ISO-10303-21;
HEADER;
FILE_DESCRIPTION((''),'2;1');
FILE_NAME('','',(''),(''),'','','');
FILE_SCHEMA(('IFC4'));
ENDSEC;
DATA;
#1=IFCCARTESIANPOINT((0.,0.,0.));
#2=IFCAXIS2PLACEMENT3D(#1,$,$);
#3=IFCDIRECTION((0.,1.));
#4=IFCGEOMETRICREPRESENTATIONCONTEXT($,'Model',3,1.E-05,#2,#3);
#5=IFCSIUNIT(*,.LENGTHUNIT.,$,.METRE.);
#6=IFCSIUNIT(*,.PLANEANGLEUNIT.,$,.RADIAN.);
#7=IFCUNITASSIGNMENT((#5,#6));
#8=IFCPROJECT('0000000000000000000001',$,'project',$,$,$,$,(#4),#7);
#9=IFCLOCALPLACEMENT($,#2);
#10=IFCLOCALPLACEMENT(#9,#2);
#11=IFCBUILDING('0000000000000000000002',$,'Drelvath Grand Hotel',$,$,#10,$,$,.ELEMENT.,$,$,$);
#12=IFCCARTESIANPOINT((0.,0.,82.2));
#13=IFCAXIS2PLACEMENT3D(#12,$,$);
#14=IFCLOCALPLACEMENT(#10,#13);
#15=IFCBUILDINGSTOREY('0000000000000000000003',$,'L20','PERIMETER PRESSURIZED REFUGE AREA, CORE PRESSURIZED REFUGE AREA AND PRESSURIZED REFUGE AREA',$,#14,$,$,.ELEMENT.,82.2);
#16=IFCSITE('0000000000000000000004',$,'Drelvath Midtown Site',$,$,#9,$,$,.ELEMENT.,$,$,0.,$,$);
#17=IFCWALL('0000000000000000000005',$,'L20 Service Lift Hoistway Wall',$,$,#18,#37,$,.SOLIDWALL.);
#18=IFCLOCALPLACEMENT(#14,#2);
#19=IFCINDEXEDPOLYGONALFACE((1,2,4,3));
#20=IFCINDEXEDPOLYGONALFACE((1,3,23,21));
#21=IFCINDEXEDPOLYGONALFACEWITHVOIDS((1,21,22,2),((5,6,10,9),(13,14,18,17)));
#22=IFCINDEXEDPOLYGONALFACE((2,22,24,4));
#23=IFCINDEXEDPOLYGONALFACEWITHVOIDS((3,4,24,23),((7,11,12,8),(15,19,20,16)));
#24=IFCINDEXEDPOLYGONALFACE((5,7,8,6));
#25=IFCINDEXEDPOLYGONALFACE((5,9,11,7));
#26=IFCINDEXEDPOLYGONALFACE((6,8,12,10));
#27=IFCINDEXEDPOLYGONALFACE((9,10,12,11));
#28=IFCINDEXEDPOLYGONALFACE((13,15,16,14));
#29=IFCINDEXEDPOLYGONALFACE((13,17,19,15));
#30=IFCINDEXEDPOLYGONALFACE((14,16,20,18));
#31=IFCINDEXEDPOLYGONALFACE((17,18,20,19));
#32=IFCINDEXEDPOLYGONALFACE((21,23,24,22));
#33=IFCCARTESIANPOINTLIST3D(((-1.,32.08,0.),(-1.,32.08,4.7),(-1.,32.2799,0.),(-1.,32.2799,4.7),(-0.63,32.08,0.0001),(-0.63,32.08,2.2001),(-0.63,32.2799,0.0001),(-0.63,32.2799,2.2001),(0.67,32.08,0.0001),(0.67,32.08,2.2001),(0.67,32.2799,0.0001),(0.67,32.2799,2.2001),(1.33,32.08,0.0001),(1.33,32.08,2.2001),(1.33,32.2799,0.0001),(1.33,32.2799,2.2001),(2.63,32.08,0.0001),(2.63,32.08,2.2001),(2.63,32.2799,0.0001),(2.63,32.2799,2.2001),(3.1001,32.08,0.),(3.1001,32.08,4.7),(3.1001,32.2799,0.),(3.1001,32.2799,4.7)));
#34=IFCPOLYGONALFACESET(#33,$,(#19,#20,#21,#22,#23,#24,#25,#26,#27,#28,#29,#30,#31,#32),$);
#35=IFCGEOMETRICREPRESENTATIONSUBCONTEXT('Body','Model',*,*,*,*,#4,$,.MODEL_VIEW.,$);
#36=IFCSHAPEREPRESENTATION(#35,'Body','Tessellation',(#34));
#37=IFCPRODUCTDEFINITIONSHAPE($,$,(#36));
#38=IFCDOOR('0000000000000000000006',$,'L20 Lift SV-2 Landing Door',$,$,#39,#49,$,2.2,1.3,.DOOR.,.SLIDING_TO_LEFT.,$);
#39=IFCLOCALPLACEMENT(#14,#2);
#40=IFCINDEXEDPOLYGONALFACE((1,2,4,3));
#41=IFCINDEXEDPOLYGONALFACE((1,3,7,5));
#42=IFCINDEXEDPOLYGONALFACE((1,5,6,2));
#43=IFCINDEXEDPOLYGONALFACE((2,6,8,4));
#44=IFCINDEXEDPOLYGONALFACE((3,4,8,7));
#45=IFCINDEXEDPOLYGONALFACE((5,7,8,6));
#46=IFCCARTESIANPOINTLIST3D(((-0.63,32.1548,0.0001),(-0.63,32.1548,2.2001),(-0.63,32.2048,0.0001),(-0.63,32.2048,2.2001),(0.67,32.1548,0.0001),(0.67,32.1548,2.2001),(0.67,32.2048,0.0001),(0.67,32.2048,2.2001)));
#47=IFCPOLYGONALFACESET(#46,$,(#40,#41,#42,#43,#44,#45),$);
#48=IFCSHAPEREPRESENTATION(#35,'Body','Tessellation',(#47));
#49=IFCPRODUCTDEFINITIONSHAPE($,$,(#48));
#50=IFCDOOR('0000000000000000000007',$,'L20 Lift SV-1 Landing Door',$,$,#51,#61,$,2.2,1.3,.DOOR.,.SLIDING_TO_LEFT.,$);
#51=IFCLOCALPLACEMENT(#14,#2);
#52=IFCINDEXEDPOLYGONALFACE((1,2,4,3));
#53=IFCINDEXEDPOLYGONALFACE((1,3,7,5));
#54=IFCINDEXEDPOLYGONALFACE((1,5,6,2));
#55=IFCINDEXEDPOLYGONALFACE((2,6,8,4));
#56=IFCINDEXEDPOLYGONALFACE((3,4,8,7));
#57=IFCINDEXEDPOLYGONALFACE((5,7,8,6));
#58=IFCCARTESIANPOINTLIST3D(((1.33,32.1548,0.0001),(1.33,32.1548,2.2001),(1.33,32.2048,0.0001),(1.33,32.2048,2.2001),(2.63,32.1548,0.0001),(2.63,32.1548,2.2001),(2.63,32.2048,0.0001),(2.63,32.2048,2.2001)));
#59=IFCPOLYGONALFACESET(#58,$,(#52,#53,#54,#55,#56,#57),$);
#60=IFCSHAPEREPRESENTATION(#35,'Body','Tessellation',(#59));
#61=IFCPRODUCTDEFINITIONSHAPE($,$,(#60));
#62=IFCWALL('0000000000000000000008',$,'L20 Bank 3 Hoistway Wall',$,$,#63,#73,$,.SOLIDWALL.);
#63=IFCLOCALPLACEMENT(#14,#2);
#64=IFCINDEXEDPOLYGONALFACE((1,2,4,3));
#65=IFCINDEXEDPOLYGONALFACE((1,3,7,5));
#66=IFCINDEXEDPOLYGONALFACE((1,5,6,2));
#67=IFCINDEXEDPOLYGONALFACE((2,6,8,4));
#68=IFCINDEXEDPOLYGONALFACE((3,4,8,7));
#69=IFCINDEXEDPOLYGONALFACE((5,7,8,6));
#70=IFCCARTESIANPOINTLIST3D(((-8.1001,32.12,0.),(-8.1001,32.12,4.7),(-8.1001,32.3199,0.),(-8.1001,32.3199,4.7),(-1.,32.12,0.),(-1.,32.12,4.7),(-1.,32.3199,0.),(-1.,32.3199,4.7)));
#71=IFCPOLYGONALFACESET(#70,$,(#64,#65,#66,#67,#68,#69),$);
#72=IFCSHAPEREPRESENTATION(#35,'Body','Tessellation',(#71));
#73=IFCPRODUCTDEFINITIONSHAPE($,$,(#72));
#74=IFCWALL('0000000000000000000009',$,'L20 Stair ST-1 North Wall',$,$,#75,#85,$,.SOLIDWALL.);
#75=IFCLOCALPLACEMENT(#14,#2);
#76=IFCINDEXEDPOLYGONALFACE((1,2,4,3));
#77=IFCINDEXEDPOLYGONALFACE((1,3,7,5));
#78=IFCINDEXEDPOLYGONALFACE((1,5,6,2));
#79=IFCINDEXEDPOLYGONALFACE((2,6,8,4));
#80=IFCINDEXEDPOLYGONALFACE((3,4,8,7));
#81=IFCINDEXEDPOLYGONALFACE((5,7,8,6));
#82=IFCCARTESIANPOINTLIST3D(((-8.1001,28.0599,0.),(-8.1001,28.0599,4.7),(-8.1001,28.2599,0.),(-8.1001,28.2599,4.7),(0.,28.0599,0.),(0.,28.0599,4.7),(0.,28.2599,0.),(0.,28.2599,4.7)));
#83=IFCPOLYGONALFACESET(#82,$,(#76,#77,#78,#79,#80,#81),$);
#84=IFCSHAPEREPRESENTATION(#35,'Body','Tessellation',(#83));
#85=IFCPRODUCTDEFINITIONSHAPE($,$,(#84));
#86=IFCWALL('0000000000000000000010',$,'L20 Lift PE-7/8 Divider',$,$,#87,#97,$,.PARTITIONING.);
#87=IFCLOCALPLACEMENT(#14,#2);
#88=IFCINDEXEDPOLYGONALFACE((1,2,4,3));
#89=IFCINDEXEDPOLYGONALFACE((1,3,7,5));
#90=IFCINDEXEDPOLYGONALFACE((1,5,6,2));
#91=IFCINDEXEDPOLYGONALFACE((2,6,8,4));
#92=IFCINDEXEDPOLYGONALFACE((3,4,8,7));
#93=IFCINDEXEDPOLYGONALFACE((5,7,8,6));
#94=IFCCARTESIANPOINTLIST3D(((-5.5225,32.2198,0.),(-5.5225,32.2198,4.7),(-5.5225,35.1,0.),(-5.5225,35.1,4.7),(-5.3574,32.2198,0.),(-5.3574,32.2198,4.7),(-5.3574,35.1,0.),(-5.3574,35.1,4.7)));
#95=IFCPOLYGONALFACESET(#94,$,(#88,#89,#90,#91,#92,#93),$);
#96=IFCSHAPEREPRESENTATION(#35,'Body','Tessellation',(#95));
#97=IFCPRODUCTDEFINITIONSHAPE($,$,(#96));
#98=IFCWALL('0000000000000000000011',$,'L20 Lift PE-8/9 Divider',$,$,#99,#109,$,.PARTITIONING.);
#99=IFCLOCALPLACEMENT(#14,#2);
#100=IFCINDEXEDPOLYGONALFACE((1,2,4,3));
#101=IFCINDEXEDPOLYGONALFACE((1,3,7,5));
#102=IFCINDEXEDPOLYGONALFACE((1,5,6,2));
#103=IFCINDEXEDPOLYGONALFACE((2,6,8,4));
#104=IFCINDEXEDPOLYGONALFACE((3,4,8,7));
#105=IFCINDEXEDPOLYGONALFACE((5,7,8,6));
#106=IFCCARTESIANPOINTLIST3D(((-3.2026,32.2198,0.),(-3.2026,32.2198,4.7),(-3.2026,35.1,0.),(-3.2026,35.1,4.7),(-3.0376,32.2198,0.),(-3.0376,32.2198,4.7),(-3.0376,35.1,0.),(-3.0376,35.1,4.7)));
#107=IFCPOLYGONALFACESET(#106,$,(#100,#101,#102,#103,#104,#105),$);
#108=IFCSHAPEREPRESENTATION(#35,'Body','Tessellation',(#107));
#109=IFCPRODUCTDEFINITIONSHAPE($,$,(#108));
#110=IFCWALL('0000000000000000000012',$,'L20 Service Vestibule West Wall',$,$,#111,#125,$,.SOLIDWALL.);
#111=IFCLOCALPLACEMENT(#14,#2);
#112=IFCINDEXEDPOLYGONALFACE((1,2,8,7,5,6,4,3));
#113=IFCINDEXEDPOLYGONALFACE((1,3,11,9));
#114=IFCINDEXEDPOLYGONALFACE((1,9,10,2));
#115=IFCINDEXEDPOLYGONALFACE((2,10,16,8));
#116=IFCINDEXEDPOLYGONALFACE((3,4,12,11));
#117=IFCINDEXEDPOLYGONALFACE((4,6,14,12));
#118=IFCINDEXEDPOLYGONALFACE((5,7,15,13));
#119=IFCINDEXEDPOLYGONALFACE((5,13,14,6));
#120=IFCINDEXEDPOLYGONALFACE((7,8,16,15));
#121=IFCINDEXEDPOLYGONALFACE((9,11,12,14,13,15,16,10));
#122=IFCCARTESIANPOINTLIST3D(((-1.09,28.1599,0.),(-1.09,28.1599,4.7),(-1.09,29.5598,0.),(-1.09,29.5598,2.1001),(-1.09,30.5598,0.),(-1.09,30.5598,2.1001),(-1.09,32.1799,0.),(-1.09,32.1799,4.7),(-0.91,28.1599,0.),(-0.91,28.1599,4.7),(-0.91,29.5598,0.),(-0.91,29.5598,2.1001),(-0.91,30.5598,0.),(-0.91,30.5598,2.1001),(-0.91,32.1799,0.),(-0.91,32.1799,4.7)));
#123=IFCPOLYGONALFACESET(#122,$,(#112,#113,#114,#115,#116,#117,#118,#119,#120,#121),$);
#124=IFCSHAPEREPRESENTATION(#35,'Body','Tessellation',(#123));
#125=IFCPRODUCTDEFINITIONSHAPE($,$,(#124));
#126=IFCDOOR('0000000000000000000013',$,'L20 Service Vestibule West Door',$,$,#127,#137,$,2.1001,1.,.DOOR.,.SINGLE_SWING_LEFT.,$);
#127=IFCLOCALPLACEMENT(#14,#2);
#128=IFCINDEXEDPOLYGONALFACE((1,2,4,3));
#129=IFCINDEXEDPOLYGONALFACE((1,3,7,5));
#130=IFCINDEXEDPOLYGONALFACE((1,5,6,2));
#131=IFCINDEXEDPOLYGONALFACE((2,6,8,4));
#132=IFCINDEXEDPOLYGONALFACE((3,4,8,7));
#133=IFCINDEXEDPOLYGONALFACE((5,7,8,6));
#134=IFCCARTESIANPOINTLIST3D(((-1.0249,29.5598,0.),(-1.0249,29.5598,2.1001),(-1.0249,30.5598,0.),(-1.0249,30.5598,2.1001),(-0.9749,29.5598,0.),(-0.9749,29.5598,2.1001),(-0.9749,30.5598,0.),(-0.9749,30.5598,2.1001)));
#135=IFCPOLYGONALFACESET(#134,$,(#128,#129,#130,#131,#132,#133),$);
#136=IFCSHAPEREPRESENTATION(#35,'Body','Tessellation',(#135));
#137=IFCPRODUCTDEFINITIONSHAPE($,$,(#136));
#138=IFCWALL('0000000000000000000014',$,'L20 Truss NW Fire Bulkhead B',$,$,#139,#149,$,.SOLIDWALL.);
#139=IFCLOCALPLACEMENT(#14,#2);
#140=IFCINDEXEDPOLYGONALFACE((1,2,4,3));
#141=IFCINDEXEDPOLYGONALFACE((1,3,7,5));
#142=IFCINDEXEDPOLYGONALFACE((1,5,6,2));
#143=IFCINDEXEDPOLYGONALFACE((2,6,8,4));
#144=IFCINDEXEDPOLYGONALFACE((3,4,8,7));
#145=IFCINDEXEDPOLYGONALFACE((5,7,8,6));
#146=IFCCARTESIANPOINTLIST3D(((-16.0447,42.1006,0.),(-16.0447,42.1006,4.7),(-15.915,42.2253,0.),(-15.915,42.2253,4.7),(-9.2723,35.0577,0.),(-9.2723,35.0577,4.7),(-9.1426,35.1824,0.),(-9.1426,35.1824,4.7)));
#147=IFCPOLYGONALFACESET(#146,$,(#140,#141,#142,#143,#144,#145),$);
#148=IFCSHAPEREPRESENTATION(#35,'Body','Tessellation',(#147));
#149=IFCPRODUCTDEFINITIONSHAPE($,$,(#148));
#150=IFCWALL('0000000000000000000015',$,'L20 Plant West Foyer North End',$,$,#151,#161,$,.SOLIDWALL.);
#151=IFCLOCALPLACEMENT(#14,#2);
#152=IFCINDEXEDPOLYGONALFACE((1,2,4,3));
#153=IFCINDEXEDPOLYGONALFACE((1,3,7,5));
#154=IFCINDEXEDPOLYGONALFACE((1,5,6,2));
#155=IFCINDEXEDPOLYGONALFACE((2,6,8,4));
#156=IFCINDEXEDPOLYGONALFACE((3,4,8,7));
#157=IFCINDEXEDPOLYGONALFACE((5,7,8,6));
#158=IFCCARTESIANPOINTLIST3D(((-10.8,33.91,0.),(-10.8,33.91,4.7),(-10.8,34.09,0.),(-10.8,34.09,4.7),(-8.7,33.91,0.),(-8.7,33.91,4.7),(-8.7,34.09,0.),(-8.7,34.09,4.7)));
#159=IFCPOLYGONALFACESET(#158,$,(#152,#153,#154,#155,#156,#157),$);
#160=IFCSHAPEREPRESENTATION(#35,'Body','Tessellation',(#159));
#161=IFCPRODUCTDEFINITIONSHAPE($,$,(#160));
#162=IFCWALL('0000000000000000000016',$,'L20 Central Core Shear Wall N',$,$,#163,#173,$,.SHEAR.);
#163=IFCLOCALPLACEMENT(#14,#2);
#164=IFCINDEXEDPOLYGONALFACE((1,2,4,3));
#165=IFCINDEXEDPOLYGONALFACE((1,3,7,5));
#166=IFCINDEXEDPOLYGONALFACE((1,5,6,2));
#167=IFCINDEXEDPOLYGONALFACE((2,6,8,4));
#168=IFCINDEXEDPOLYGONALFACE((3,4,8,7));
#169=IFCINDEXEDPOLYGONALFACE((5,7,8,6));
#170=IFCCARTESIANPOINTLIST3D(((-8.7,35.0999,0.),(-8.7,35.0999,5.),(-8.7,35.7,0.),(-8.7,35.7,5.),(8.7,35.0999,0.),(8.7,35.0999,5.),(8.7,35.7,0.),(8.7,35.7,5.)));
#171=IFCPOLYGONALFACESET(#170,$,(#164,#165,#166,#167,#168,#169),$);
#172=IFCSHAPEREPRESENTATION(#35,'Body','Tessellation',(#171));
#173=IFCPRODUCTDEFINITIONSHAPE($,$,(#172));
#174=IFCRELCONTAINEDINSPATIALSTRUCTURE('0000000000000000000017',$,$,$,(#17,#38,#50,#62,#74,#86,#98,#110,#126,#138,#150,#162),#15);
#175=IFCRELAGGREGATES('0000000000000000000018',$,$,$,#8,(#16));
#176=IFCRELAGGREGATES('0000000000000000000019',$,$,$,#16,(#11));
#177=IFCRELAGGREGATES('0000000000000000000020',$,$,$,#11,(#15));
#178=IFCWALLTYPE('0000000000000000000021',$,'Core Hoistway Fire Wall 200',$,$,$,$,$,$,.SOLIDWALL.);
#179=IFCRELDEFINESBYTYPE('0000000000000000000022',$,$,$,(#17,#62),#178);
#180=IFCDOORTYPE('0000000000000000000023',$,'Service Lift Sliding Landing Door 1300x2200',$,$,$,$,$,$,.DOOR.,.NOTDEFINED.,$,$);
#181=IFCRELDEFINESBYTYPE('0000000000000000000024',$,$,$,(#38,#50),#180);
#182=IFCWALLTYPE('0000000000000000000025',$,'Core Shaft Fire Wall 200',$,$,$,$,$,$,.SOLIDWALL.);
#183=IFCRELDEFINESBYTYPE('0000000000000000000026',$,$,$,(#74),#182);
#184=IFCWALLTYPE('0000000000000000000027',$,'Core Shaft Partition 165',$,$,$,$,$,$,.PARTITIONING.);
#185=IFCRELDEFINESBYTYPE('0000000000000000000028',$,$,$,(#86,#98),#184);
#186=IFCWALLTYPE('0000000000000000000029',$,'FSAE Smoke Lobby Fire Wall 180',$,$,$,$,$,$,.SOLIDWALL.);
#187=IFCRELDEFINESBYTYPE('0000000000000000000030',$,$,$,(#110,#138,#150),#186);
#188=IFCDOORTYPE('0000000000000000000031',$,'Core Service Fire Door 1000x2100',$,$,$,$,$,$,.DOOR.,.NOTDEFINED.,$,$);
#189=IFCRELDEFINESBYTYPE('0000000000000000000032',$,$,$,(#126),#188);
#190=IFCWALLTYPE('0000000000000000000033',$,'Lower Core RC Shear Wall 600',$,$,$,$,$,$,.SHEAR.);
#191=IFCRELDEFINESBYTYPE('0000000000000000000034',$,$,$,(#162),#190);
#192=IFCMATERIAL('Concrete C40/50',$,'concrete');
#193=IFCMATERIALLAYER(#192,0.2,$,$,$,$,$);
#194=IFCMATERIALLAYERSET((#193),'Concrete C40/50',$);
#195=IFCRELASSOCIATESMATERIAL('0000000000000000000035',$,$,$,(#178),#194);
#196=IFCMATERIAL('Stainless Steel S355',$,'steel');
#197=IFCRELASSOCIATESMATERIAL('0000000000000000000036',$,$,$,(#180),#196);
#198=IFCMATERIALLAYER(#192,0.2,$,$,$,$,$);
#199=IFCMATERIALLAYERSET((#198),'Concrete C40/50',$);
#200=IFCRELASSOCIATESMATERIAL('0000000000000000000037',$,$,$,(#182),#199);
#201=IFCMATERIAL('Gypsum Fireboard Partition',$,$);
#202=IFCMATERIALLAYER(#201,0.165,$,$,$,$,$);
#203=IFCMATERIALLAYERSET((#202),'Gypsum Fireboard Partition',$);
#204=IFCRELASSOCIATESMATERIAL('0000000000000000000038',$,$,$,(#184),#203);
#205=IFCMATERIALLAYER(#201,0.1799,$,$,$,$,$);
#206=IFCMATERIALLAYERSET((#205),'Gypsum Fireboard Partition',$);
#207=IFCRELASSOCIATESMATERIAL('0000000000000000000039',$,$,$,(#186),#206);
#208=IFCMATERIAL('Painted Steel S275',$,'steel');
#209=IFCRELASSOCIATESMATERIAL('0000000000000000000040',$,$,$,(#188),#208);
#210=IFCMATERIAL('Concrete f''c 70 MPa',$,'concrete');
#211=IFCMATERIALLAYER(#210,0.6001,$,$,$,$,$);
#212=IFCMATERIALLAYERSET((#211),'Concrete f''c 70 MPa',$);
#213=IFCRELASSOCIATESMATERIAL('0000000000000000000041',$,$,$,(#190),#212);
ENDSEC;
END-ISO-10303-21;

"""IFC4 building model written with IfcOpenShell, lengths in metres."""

from ifc_helpers import new_model, si_unit, direction, frame, frame_2d, origin, place, context, subcontext, project, spatial, rectangle, extrude, material, layer, layer_set, type_object, element, fill, save


model = new_model("IFC4")

# Units and contexts
model_context = context("Model", 3, precision=1e-05, world=origin(), true_north=direction((0.0, 1.0)))
body_context = subcontext(model_context, "Body", "Model", "MODEL_VIEW")
ifc_project = project(units=[si_unit("LENGTHUNIT", "METRE"), si_unit("PLANEANGLEUNIT", "RADIAN")], contexts=[model_context])

# Site, building, storey
site_placement = place(None, origin())
site = spatial("IfcSite", under=ifc_project, at=site_placement, Name="Drelvath Midtown Site", CompositionType="ELEMENT", RefElevation=0.0)
building_placement = place(site_placement, origin())
building = spatial("IfcBuilding", under=site, at=building_placement, Name="Drelvath Grand Hotel", CompositionType="ELEMENT")
storey_placement = place(building_placement, frame((0.0, 0.0, 82.2)))
storey = spatial("IfcBuildingStorey", under=building, at=storey_placement, Name="L20", Description="PERIMETER PRESSURIZED REFUGE AREA, CORE PRESSURIZED REFUGE AREA AND PRESSURIZED REFUGE AREA", CompositionType="ELEMENT", Elevation=82.2)

# Shared definitions
ifc_material_1 = material(Name="Concrete f'c 70 MPa", Category="concrete")

# Shared definitions
ifc_material_2 = material(Name="Painted Steel S275", Category="steel")

# Wall, openings, doors
ifc_material_3 = material(Name="Concrete C40/50", Category="concrete")
ifc_layer_1 = layer(ifc_material_3, 0.2)
ifc_layer_set_1 = layer_set([ifc_layer_1], Name="Concrete C40/50")
wall_type_1 = type_object("IfcWallType", Name="Core Hoistway Fire Wall 200", PredefinedType="SOLIDWALL", material=ifc_layer_set_1)
wall_1_placement = place(storey_placement, frame((-1.0, 32.1799, 0.0), z_axis=(0.0, 0.0, 1.0), x_axis=(1.0, 0.0, 0.0)))
wall_1 = element("IfcWall", 1, at=wall_1_placement, inside=storey, type_object=wall_type_1, Name="L20 Service Lift Hoistway Wall", PredefinedType="SOLIDWALL", context=body_context, shape_type="SweptSolid", body=[
    extrude(rectangle(XDim=4.1001, YDim=0.2, at=frame_2d((2.05, 0.0))), origin(), (0.0, 0.0, 1.0), 4.7),
])
opening_1_placement = place(wall_1_placement, frame((0.3701, 0.0, 0.0)))
opening_1 = element("IfcOpeningElement", 2, at=opening_1_placement, cuts=wall_1, PredefinedType="OPENING", context=body_context, shape_type="SweptSolid", body=[
    extrude(rectangle(XDim=1.3, YDim=2.2, at=frame_2d((0.6499, 1.1001))), frame((0.0, 0.1099, 0.0), z_axis=(0.0, -1.0, 0.0), x_axis=(1.0, 0.0, 0.0)), (0.0, 0.0, 1.0), 0.22),
])
opening_2_placement = place(wall_1_placement, frame((2.3301, 0.0, 0.0)))
opening_2 = element("IfcOpeningElement", 3, at=opening_2_placement, cuts=wall_1, PredefinedType="OPENING", context=body_context, shape_type="SweptSolid", body=[
    extrude(rectangle(XDim=1.3, YDim=2.2, at=frame_2d((0.6499, 1.1001))), frame((0.0, 0.1099, 0.0), z_axis=(0.0, -1.0, 0.0), x_axis=(1.0, 0.0, 0.0)), (0.0, 0.0, 1.0), 0.22),
])
ifc_material_4 = material(Name="Stainless Steel S355", Category="steel")
door_type_1 = type_object("IfcDoorType", Name="Service Lift Sliding Landing Door 1300x2200", OperationType="NOTDEFINED", PredefinedType="DOOR", material=ifc_material_4)
door_1_placement = place(opening_1_placement, origin())
door_1 = element("IfcDoor", 4, at=door_1_placement, inside=storey, type_object=door_type_1, Name="L20 Lift SV-2 Landing Door", OperationType="SLIDING_TO_LEFT", OverallHeight=2.2, OverallWidth=1.3, PredefinedType="DOOR", context=body_context, shape_type="SweptSolid", body=[
    extrude(rectangle(XDim=1.3, YDim=2.2, at=frame_2d((0.6499, 1.1001))), frame((0.0, 0.0249, 0.0), z_axis=(0.0, -1.0, 0.0), x_axis=(1.0, 0.0, 0.0)), (0.0, 0.0, 1.0), 0.05),
])
fill(opening_1, door_1)
door_2_placement = place(opening_2_placement, origin())
door_2 = element("IfcDoor", 5, at=door_2_placement, inside=storey, type_object=door_type_1, Name="L20 Lift SV-1 Landing Door", OperationType="SLIDING_TO_LEFT", OverallHeight=2.2, OverallWidth=1.3, PredefinedType="DOOR", context=body_context, shape_type="SweptSolid", body=[
    extrude(rectangle(XDim=1.3, YDim=2.2, at=frame_2d((0.6499, 1.1001))), frame((0.0, 0.0249, 0.0), z_axis=(0.0, -1.0, 0.0), x_axis=(1.0, 0.0, 0.0)), (0.0, 0.0, 1.0), 0.05),
])
fill(opening_2, door_2)

# Walls
wall_2_placement = place(storey_placement, frame((-8.1001, 32.22, 0.0), z_axis=(0.0, 0.0, 1.0), x_axis=(1.0, 0.0, 0.0)))
element("IfcWall", 6, at=wall_2_placement, inside=storey, type_object=wall_type_1, Name="L20 Bank 3 Hoistway Wall", PredefinedType="SOLIDWALL", context=body_context, shape_type="SweptSolid", body=[
    extrude(rectangle(XDim=7.1001, YDim=0.2, at=frame_2d((3.55, 0.0))), origin(), (0.0, 0.0, 1.0), 4.7),
])
ifc_layer_2 = layer(ifc_material_3, 0.2)
ifc_layer_set_2 = layer_set([ifc_layer_2], Name="Concrete C40/50")
wall_type_2 = type_object("IfcWallType", Name="Core Shaft Fire Wall 200", PredefinedType="SOLIDWALL", material=ifc_layer_set_2)
wall_3_placement = place(storey_placement, frame((-8.1001, 28.1599, 0.0), z_axis=(0.0, 0.0, 1.0), x_axis=(1.0, 0.0, 0.0)))
element("IfcWall", 7, at=wall_3_placement, inside=storey, type_object=wall_type_2, Name="L20 Stair ST-1 North Wall", PredefinedType="SOLIDWALL", context=body_context, shape_type="SweptSolid", body=[
    extrude(rectangle(XDim=8.1001, YDim=0.2, at=frame_2d((4.05, 0.0))), origin(), (0.0, 0.0, 1.0), 4.7),
])
ifc_material_5 = material(Name="Gypsum Fireboard Partition")
ifc_layer_3 = layer(ifc_material_5, 0.165)
ifc_layer_set_3 = layer_set([ifc_layer_3], Name="Gypsum Fireboard Partition")
wall_type_3 = type_object("IfcWallType", Name="Core Shaft Partition 165", PredefinedType="PARTITIONING", material=ifc_layer_set_3)
for number, where, z_axis, x_axis, name in (
    (8, (-5.4399, 32.22, 0.0), (0.0, 0.0, 1.0), (0.0, 1.0, 0.0), "L20 Lift PE-7/8 Divider"),
    (9, (-3.1201, 32.22, 0.0), (0.0, 0.0, 1.0), (0.0, 1.0, 0.0), "L20 Lift PE-8/9 Divider"),
):
    element("IfcWall", number, at=place(storey_placement, frame(where, z_axis=z_axis, x_axis=x_axis)), inside=storey, type_object=wall_type_3, Name=name, PredefinedType="PARTITIONING", context=body_context, shape_type="SweptSolid", body=[
        extrude(rectangle(XDim=2.8801, YDim=0.165, at=frame_2d((1.4399, 0.0))), origin(), (0.0, 0.0, 1.0), 4.7),
    ])

# Wall, opening, door
ifc_layer_4 = layer(ifc_material_5, 0.1799)
ifc_layer_set_4 = layer_set([ifc_layer_4], Name="Gypsum Fireboard Partition")
wall_type_4 = type_object("IfcWallType", Name="FSAE Smoke Lobby Fire Wall 180", PredefinedType="SOLIDWALL", material=ifc_layer_set_4)
wall_4_placement = place(storey_placement, frame((-1.0, 28.1599, 0.0), z_axis=(0.0, 0.0, 1.0), x_axis=(0.0, 1.0, 0.0)))
wall_4 = element("IfcWall", 10, at=wall_4_placement, inside=storey, type_object=wall_type_4, Name="L20 Service Vestibule West Wall", PredefinedType="SOLIDWALL", context=body_context, shape_type="SweptSolid", body=[
    extrude(rectangle(XDim=4.02, YDim=0.1799, at=frame_2d((2.01, 0.0))), origin(), (0.0, 0.0, 1.0), 4.7),
])
opening_3_placement = place(wall_4_placement, frame((1.3999, 0.0, 0.0)))
opening_3 = element("IfcOpeningElement", 11, at=opening_3_placement, cuts=wall_4, PredefinedType="OPENING", context=body_context, shape_type="SweptSolid", body=[
    extrude(rectangle(XDim=1.0, YDim=2.1001, at=frame_2d((0.5, 1.05))), frame((0.0, 0.0999, 0.0), z_axis=(0.0, -1.0, 0.0), x_axis=(1.0, 0.0, 0.0)), (0.0, 0.0, 1.0), 0.2),
])
door_type_2 = type_object("IfcDoorType", Name="Core Service Fire Door 1000x2100", OperationType="NOTDEFINED", PredefinedType="DOOR", material=ifc_material_2)
door_3_placement = place(opening_3_placement, origin())
door_3 = element("IfcDoor", 12, at=door_3_placement, inside=storey, type_object=door_type_2, Name="L20 Service Vestibule West Door", OperationType="SINGLE_SWING_LEFT", OverallHeight=2.1001, OverallWidth=1.0, PredefinedType="DOOR", context=body_context, shape_type="SweptSolid", body=[
    extrude(rectangle(XDim=1.0, YDim=2.1001, at=frame_2d((0.5, 1.05))), frame((0.0, 0.0249, 0.0), z_axis=(0.0, -1.0, 0.0), x_axis=(1.0, 0.0, 0.0)), (0.0, 0.0, 1.0), 0.05),
])
fill(opening_3, door_3)

# Walls
wall_5_placement = place(storey_placement, frame((-9.2075, 35.1201, 0.0), z_axis=(0.0, 0.0, 1.0), x_axis=(-0.693129, 0.720814, 0.0)))
element("IfcWall", 13, at=wall_5_placement, inside=storey, type_object=wall_type_4, Name="L20 Truss NW Fire Bulkhead B", PredefinedType="SOLIDWALL", context=body_context, shape_type="SweptSolid", body=[
    extrude(rectangle(XDim=9.7708, YDim=0.1799, at=frame_2d((4.8853, 0.0))), origin(), (0.0, 0.0, 1.0), 4.7),
])
wall_6_placement = place(storey_placement, frame((-10.8, 34.0, 0.0), z_axis=(0.0, 0.0, 1.0), x_axis=(1.0, 0.0, 0.0)))
element("IfcWall", 14, at=wall_6_placement, inside=storey, type_object=wall_type_4, Name="L20 Plant West Foyer North End", PredefinedType="SOLIDWALL", context=body_context, shape_type="SweptSolid", body=[
    extrude(rectangle(XDim=2.1001, YDim=0.1799, at=frame_2d((1.05, 0.0))), origin(), (0.0, 0.0, 1.0), 4.7),
])
ifc_layer_5 = layer(ifc_material_1, 0.6001)
ifc_layer_set_5 = layer_set([ifc_layer_5], Name="Concrete f'c 70 MPa")
wall_type_5 = type_object("IfcWallType", Name="Lower Core RC Shear Wall 600", PredefinedType="SHEAR", material=ifc_layer_set_5)
wall_7_placement = place(storey_placement, frame((-8.7, 35.3999, 0.0), z_axis=(0.0, 0.0, 1.0), x_axis=(1.0, 0.0, 0.0)))
element("IfcWall", 15, at=wall_7_placement, inside=storey, type_object=wall_type_5, Name="L20 Central Core Shear Wall N", PredefinedType="SHEAR", context=body_context, shape_type="SweptSolid", body=[
    extrude(rectangle(XDim=17.3999, YDim=0.6001, at=frame_2d((8.7, 0.0))), origin(), (0.0, 0.0, 1.0), 5.0),
])

save(model, "model.ifc")
